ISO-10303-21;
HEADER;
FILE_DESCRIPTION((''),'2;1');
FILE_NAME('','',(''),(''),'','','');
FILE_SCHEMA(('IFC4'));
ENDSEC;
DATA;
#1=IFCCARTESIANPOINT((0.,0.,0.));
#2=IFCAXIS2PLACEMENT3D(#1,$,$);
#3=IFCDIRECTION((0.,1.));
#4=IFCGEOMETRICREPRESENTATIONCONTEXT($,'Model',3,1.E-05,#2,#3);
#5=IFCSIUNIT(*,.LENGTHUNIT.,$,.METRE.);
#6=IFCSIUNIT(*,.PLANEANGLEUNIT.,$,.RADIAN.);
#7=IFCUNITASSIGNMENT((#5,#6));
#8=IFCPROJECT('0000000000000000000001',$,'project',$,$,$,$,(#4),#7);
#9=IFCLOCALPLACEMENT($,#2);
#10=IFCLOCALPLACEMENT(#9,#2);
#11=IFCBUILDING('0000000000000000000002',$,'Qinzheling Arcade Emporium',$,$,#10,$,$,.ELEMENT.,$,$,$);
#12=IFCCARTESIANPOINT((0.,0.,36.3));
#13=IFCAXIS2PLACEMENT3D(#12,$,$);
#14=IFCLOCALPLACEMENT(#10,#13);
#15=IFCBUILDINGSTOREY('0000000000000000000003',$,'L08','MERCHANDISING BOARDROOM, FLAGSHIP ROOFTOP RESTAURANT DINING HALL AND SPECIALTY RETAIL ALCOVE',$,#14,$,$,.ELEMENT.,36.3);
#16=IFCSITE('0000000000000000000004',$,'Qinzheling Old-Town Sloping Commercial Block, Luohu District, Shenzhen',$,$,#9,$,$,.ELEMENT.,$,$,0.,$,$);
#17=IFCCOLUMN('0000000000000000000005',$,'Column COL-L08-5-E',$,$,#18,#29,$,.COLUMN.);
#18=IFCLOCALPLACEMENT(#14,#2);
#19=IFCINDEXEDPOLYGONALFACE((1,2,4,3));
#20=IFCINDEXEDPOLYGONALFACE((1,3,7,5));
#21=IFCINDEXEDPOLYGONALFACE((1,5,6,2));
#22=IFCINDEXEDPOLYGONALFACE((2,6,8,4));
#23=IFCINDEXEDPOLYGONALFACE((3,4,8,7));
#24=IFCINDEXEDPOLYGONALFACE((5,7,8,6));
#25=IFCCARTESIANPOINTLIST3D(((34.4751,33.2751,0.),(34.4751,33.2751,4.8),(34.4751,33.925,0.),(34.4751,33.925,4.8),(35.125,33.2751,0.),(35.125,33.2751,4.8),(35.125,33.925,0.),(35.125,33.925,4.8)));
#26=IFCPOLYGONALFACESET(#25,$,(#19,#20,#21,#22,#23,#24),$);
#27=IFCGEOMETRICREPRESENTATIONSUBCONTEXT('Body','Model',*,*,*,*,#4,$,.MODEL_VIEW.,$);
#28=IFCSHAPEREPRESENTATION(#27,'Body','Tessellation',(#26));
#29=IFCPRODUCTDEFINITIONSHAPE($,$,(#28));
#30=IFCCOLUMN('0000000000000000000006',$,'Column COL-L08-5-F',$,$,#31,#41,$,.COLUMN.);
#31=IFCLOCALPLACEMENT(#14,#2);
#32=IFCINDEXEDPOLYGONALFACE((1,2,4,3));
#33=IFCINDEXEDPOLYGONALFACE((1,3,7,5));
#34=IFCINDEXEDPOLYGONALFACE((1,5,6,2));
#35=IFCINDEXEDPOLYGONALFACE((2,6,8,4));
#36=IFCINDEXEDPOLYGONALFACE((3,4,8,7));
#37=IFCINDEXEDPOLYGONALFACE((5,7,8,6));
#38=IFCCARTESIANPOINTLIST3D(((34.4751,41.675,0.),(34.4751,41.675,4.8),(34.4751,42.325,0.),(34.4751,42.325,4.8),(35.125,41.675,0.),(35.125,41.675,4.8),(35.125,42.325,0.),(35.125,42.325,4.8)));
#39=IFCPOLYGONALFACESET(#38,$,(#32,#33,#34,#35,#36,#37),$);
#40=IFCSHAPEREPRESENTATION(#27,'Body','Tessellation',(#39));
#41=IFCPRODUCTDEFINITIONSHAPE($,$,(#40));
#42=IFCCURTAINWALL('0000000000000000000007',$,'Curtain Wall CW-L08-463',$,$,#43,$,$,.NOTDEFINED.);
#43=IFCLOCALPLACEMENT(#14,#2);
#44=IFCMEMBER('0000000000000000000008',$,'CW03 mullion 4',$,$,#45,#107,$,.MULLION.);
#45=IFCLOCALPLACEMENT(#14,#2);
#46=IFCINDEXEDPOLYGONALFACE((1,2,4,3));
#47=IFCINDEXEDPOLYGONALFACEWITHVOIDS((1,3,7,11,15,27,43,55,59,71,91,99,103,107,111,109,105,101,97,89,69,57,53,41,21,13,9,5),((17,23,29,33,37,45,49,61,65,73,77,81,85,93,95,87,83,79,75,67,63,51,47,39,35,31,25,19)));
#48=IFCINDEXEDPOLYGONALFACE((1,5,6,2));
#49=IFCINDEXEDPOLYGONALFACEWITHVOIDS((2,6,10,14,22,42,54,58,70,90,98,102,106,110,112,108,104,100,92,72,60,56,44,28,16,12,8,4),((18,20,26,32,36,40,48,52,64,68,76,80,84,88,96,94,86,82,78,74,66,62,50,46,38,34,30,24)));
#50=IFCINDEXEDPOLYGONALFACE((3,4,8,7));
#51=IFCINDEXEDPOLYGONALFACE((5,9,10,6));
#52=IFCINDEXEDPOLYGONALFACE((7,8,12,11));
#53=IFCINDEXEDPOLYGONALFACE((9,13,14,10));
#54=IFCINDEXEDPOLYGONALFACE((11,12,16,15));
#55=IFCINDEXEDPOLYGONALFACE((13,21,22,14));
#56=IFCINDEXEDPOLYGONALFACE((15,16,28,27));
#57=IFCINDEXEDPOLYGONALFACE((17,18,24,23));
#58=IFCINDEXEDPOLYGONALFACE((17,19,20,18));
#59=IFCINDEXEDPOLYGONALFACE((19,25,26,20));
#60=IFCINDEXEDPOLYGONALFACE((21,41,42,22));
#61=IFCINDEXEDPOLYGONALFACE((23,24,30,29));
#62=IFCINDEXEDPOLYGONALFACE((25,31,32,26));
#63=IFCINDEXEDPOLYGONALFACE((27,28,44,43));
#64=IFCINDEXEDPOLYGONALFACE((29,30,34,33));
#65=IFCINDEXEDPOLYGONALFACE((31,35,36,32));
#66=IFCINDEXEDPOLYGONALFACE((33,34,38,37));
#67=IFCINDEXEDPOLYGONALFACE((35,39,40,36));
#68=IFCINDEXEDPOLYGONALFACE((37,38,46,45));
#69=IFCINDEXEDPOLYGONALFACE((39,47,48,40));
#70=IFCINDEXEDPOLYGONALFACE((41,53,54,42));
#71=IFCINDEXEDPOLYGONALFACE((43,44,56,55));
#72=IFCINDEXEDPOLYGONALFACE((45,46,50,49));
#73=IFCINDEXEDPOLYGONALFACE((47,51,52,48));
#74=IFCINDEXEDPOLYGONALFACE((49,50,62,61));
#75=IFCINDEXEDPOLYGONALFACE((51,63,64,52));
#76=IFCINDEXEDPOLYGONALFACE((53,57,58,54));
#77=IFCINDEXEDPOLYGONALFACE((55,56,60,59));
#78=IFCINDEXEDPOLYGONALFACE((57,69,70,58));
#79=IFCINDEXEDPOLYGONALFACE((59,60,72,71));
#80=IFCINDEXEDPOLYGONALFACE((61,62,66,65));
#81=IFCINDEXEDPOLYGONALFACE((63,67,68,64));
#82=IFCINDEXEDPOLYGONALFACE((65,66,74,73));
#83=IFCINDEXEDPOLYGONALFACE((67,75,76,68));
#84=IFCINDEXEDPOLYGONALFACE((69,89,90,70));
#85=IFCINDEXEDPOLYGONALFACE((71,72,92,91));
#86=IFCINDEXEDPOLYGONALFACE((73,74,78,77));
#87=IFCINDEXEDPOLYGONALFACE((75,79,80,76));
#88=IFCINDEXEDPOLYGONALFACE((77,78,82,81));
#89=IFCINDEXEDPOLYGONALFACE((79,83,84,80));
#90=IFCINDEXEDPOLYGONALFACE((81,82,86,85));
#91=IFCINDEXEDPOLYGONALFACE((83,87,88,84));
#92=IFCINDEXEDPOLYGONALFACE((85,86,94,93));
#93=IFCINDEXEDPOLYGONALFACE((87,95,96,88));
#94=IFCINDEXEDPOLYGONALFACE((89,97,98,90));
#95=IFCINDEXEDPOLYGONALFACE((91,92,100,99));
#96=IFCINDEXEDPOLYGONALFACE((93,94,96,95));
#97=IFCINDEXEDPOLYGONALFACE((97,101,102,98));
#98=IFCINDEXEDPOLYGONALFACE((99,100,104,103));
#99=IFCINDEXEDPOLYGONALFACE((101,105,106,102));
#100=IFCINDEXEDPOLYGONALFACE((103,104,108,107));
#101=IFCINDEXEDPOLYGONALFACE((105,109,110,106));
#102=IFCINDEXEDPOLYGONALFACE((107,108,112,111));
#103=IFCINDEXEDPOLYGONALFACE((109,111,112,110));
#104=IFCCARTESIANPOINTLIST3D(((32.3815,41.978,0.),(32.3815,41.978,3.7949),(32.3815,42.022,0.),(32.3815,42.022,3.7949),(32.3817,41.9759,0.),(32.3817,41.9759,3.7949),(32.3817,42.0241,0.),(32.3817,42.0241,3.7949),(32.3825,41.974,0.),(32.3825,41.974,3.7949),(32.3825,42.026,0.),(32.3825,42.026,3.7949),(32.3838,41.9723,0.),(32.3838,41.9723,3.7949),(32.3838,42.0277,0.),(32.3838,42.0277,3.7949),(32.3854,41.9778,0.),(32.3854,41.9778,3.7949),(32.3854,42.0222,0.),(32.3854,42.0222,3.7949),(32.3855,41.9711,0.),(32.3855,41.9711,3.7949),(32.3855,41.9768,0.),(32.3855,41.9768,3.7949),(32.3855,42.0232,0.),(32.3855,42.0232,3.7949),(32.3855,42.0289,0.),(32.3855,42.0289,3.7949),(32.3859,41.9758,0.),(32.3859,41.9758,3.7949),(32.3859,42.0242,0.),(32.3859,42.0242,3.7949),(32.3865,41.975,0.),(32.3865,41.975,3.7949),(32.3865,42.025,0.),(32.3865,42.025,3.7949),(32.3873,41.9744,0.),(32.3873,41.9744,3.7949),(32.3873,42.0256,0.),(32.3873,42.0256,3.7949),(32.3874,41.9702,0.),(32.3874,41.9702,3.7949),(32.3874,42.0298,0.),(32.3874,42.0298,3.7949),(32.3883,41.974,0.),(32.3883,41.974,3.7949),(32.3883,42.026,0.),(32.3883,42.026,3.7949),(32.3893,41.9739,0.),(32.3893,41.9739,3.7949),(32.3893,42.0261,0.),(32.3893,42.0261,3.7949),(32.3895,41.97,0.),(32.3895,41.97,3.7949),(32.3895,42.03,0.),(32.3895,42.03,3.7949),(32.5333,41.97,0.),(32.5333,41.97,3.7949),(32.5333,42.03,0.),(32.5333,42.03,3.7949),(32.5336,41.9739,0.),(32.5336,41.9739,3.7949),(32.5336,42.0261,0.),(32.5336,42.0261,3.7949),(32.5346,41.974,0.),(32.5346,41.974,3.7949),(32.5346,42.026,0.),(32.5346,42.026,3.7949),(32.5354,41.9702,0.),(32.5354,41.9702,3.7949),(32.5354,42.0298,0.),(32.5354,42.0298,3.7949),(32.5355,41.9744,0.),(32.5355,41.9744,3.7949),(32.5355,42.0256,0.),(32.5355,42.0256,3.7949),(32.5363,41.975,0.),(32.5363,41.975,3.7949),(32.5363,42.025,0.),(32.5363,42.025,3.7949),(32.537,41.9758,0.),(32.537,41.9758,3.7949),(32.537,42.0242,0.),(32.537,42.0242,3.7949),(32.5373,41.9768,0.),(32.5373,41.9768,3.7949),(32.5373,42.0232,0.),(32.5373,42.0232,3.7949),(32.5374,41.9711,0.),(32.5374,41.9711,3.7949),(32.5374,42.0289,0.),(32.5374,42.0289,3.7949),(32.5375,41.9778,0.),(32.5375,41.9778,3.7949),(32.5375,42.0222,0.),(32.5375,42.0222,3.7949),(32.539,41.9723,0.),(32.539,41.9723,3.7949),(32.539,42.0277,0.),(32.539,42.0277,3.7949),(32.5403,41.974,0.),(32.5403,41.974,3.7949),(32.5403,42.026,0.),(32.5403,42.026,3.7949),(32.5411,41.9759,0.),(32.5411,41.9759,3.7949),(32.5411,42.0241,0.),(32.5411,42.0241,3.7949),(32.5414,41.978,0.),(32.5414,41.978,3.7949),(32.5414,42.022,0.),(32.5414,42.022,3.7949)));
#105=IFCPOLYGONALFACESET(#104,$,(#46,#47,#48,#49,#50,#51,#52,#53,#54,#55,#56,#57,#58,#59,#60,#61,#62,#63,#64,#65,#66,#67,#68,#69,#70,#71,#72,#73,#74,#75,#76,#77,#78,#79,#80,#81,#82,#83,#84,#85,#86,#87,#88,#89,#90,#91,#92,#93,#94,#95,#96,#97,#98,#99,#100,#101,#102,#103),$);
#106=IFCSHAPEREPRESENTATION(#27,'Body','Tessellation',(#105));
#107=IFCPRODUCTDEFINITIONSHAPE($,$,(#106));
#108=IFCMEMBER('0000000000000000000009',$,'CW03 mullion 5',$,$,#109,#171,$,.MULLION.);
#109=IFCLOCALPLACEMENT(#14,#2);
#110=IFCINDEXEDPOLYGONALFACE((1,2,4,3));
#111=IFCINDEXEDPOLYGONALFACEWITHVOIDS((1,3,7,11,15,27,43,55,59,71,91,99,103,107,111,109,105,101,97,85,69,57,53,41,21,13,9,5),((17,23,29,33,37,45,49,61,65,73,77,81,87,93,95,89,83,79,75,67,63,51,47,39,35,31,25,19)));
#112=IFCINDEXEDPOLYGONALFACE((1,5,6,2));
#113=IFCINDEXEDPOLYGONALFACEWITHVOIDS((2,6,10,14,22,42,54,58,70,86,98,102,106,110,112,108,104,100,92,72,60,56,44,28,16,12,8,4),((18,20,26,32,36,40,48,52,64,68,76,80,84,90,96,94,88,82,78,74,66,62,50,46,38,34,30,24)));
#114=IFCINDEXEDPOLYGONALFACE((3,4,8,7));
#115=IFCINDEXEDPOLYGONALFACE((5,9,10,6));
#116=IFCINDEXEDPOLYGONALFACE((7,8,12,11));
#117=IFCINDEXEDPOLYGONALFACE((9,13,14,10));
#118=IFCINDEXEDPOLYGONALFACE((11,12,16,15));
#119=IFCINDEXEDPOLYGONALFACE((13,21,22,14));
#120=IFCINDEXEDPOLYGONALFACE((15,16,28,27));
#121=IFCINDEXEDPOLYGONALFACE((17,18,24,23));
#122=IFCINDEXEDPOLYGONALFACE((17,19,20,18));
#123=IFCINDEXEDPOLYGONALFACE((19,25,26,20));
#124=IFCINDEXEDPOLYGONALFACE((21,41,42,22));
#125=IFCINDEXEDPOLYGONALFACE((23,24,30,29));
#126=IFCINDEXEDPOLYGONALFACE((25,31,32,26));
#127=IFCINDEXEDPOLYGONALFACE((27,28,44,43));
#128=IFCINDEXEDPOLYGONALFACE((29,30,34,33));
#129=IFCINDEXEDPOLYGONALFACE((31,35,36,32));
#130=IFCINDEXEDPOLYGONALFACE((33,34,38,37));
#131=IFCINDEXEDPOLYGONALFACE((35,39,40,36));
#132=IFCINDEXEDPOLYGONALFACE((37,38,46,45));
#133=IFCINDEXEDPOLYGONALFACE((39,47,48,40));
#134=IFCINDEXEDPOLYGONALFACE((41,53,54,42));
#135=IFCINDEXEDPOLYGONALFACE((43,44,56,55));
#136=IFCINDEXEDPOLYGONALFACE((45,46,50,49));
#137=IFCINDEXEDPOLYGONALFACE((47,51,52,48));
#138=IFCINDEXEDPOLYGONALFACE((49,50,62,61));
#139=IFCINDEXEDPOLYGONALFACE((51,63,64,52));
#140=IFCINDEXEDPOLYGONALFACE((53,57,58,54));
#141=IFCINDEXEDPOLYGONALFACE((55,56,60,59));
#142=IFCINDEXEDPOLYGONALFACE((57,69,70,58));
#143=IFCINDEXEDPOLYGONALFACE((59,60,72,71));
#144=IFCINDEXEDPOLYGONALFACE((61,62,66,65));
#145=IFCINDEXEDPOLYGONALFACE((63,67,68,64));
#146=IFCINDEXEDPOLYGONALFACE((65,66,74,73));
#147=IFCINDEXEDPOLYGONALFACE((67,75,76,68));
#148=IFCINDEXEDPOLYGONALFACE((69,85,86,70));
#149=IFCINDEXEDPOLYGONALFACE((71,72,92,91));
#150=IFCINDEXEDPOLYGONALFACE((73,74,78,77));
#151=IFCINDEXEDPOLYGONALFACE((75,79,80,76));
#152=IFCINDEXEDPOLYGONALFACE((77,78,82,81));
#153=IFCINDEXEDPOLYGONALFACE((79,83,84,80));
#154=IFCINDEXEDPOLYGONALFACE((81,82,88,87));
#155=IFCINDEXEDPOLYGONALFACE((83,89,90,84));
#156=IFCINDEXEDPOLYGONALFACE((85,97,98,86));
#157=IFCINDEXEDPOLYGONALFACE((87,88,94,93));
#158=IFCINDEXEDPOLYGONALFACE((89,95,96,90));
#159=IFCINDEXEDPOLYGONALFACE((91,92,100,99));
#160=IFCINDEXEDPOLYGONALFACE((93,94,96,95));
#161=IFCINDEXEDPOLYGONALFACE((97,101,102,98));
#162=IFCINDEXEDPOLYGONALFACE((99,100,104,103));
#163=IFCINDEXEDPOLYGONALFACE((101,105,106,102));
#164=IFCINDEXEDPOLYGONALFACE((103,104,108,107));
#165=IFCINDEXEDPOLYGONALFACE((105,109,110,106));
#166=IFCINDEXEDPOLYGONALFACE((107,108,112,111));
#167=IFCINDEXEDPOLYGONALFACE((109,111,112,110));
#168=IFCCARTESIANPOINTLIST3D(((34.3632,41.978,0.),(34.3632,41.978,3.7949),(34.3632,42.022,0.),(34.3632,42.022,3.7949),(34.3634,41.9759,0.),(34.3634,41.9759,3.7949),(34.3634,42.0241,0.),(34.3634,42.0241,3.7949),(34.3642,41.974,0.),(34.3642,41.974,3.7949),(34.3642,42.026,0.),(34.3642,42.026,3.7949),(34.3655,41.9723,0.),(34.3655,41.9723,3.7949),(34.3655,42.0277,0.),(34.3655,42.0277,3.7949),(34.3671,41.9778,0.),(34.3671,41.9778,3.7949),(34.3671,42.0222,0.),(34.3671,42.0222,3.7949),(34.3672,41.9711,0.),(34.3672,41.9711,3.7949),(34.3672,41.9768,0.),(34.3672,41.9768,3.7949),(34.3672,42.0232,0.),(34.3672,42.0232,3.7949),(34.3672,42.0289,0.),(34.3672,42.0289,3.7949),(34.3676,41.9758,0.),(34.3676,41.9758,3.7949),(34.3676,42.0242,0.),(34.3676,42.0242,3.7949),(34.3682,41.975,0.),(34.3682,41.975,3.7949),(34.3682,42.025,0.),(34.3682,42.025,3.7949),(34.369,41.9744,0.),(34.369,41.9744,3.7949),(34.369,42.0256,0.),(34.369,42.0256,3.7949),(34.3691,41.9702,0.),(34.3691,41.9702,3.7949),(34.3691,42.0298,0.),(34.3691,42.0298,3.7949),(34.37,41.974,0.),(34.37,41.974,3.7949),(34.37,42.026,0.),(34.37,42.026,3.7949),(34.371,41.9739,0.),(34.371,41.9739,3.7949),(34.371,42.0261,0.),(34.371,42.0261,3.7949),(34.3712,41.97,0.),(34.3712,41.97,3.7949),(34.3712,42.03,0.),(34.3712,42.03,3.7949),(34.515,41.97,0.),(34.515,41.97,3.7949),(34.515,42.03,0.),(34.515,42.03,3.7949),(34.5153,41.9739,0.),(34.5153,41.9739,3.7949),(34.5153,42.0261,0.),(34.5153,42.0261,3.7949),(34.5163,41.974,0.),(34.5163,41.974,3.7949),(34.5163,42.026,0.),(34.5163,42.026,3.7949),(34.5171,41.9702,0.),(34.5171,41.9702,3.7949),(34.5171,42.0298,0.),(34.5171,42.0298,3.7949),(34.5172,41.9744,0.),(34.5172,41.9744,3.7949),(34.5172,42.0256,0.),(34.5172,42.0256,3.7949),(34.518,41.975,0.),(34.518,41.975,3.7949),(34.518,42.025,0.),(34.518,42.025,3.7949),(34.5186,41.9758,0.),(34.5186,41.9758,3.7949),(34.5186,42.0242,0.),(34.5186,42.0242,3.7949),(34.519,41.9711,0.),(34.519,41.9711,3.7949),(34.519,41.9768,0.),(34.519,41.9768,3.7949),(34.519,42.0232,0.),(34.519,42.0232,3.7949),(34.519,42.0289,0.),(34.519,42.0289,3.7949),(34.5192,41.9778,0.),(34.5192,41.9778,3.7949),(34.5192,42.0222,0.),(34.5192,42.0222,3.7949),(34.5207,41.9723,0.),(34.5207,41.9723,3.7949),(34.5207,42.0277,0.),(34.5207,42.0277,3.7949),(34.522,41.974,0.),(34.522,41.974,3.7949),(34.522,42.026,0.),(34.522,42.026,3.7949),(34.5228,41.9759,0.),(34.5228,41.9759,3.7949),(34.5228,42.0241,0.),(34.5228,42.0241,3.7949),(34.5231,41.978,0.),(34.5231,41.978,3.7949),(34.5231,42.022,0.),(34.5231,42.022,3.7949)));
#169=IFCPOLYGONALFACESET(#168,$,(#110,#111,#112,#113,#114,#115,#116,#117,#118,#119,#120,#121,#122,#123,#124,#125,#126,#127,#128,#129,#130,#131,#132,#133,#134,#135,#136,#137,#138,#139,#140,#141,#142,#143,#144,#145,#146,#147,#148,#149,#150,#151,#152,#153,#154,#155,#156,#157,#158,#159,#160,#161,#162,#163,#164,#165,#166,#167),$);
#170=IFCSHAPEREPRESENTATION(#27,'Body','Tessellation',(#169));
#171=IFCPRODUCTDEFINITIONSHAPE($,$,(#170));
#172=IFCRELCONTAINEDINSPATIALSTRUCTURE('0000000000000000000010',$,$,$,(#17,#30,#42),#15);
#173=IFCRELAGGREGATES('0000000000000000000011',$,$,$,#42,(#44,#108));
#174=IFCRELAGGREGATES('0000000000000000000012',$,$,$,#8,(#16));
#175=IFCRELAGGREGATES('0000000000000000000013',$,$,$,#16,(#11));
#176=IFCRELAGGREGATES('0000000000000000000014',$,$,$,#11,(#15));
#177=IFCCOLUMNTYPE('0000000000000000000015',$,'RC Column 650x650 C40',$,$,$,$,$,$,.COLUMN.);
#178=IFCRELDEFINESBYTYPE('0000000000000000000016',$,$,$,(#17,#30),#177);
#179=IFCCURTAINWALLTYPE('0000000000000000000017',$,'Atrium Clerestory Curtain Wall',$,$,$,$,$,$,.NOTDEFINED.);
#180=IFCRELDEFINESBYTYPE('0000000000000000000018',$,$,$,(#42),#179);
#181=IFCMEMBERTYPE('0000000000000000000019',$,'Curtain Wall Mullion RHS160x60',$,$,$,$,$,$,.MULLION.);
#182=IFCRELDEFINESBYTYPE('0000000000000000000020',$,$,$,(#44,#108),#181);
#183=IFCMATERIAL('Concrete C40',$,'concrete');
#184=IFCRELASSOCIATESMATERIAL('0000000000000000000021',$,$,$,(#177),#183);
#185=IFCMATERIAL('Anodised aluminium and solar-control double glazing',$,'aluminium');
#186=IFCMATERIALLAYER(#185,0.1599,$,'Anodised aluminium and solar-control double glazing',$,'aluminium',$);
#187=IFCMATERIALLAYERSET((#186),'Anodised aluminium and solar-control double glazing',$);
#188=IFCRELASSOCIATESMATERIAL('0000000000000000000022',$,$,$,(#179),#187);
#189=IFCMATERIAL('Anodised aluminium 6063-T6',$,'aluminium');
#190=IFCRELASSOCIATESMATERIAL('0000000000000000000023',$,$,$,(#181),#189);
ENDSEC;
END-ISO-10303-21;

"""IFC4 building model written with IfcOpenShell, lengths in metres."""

from ifc_helpers import new_model, si_unit, direction, frame, origin, origin_2d, place, context, subcontext, project, spatial, rectangle, hollow_rectangle, extrude, material, layer, layer_set, material_profile, profile_set, type_object, element, aggregate, save


model = new_model("IFC4")

# Units and contexts
model_context = context("Model", 3, precision=1e-05, world=origin(), true_north=direction((0.0, 1.0)))
body_context = subcontext(model_context, "Body", "Model", "MODEL_VIEW")
ifc_project = project(units=[si_unit("LENGTHUNIT", "METRE"), si_unit("PLANEANGLEUNIT", "RADIAN")], contexts=[model_context])

# Site, building, storey
site_placement = place(None, origin())
site = spatial("IfcSite", under=ifc_project, at=site_placement, Name="Qinzheling Old-Town Sloping Commercial Block, Luohu District, Shenzhen", CompositionType="ELEMENT", RefElevation=0.0)
building_placement = place(site_placement, origin())
building = spatial("IfcBuilding", under=site, at=building_placement, Name="Qinzheling Arcade Emporium", CompositionType="ELEMENT")
storey_placement = place(building_placement, frame((0.0, 0.0, 36.3)))
storey = spatial("IfcBuildingStorey", under=building, at=storey_placement, Name="L08", Description="MERCHANDISING BOARDROOM, FLAGSHIP ROOFTOP RESTAURANT DINING HALL AND SPECIALTY RETAIL ALCOVE", CompositionType="ELEMENT", Elevation=36.3)

# Columns
ifc_material_1 = material(Name="Concrete C40", Category="concrete")
ifc_material_profile_1 = material_profile(ifc_material_1, rectangle(XDim=0.6499, YDim=0.6499, at=origin_2d()), Name="RC 650x650", Category="concrete")
ifc_profile_set_1 = profile_set([ifc_material_profile_1], Name="Concrete C40")
column_type = type_object("IfcColumnType", Name="RC Column 650x650 C40", PredefinedType="COLUMN", material=ifc_profile_set_1)
for number, where, z_axis, x_axis, name in (
    (1, (34.8, 33.6001, 0.0), (0.0, 0.0, 1.0), (1.0, 0.0, 0.0), "Column COL-L08-5-E"),
    (2, (34.8, 42.0, 0.0), (0.0, 0.0, 1.0), (1.0, 0.0, 0.0), "Column COL-L08-5-F"),
):
    element("IfcColumn", number, at=place(storey_placement, frame(where, z_axis=z_axis, x_axis=x_axis)), inside=storey, type_object=column_type, Name=name, PredefinedType="COLUMN", context=body_context, shape_type="SweptSolid", body=[
        extrude(rectangle(XDim=0.6499, YDim=0.6499, at=origin_2d()), origin(), (0.0, 0.0, 1.0), 4.8),
    ])

# Curtain wall, members
ifc_material_2 = material(Name="Anodised aluminium and solar-control double glazing", Category="aluminium")
ifc_layer_1 = layer(ifc_material_2, 0.1599, Name="Anodised aluminium and solar-control double glazing", Category="aluminium")
ifc_layer_set_1 = layer_set([ifc_layer_1], Name="Anodised aluminium and solar-control double glazing")
curtain_wall_type = type_object("IfcCurtainWallType", Name="Atrium Clerestory Curtain Wall", PredefinedType="NOTDEFINED", material=ifc_layer_set_1)
curtain_wall_1_placement = place(storey_placement, origin())
curtain_wall_1 = element("IfcCurtainWall", 3, at=curtain_wall_1_placement, inside=storey, type_object=curtain_wall_type, Name="Curtain Wall CW-L08-463", PredefinedType="NOTDEFINED")
ifc_material_3 = material(Name="Anodised aluminium 6063-T6", Category="aluminium")
ifc_material_profile_2 = material_profile(ifc_material_3, hollow_rectangle(XDim=0.0601, YDim=0.1599, WallThickness=0.0039, InnerFilletRadius=0.0039, OuterFilletRadius=0.0081, at=origin_2d()), Name="RHS 160x60x4", Category="aluminium")
ifc_profile_set_2 = profile_set([ifc_material_profile_2], Name="Anodised aluminium 6063-T6")
member_type_1 = type_object("IfcMemberType", Name="Curtain Wall Mullion RHS160x60", PredefinedType="MULLION", material=ifc_profile_set_2)
member_1_placement = place(storey_placement, frame((32.4614, 42.0, 0.0), z_axis=(0.0, 0.0, 1.0), x_axis=(0.0, 1.0, 0.0)))
member_1 = element("IfcMember", 4, at=member_1_placement, type_object=member_type_1, Name="CW03 mullion 4", PredefinedType="MULLION", context=body_context, shape_type="SweptSolid", body=[
    extrude(hollow_rectangle(XDim=0.0601, YDim=0.1599, WallThickness=0.0039, InnerFilletRadius=0.0039, OuterFilletRadius=0.0081, at=origin_2d()), origin(), (0.0, 0.0, 1.0), 3.7949),
])
member_2_placement = place(storey_placement, frame((34.4431, 42.0, 0.0), z_axis=(0.0, 0.0, 1.0), x_axis=(0.0, 1.0, 0.0)))
member_2 = element("IfcMember", 5, at=member_2_placement, type_object=member_type_1, Name="CW03 mullion 5", PredefinedType="MULLION", context=body_context, shape_type="SweptSolid", body=[
    extrude(hollow_rectangle(XDim=0.0601, YDim=0.1599, WallThickness=0.0039, InnerFilletRadius=0.0039, OuterFilletRadius=0.0081, at=origin_2d()), origin(), (0.0, 0.0, 1.0), 3.7949),
])

aggregate(curtain_wall_1, [member_1, member_2])

save(model, "model.ifc")
